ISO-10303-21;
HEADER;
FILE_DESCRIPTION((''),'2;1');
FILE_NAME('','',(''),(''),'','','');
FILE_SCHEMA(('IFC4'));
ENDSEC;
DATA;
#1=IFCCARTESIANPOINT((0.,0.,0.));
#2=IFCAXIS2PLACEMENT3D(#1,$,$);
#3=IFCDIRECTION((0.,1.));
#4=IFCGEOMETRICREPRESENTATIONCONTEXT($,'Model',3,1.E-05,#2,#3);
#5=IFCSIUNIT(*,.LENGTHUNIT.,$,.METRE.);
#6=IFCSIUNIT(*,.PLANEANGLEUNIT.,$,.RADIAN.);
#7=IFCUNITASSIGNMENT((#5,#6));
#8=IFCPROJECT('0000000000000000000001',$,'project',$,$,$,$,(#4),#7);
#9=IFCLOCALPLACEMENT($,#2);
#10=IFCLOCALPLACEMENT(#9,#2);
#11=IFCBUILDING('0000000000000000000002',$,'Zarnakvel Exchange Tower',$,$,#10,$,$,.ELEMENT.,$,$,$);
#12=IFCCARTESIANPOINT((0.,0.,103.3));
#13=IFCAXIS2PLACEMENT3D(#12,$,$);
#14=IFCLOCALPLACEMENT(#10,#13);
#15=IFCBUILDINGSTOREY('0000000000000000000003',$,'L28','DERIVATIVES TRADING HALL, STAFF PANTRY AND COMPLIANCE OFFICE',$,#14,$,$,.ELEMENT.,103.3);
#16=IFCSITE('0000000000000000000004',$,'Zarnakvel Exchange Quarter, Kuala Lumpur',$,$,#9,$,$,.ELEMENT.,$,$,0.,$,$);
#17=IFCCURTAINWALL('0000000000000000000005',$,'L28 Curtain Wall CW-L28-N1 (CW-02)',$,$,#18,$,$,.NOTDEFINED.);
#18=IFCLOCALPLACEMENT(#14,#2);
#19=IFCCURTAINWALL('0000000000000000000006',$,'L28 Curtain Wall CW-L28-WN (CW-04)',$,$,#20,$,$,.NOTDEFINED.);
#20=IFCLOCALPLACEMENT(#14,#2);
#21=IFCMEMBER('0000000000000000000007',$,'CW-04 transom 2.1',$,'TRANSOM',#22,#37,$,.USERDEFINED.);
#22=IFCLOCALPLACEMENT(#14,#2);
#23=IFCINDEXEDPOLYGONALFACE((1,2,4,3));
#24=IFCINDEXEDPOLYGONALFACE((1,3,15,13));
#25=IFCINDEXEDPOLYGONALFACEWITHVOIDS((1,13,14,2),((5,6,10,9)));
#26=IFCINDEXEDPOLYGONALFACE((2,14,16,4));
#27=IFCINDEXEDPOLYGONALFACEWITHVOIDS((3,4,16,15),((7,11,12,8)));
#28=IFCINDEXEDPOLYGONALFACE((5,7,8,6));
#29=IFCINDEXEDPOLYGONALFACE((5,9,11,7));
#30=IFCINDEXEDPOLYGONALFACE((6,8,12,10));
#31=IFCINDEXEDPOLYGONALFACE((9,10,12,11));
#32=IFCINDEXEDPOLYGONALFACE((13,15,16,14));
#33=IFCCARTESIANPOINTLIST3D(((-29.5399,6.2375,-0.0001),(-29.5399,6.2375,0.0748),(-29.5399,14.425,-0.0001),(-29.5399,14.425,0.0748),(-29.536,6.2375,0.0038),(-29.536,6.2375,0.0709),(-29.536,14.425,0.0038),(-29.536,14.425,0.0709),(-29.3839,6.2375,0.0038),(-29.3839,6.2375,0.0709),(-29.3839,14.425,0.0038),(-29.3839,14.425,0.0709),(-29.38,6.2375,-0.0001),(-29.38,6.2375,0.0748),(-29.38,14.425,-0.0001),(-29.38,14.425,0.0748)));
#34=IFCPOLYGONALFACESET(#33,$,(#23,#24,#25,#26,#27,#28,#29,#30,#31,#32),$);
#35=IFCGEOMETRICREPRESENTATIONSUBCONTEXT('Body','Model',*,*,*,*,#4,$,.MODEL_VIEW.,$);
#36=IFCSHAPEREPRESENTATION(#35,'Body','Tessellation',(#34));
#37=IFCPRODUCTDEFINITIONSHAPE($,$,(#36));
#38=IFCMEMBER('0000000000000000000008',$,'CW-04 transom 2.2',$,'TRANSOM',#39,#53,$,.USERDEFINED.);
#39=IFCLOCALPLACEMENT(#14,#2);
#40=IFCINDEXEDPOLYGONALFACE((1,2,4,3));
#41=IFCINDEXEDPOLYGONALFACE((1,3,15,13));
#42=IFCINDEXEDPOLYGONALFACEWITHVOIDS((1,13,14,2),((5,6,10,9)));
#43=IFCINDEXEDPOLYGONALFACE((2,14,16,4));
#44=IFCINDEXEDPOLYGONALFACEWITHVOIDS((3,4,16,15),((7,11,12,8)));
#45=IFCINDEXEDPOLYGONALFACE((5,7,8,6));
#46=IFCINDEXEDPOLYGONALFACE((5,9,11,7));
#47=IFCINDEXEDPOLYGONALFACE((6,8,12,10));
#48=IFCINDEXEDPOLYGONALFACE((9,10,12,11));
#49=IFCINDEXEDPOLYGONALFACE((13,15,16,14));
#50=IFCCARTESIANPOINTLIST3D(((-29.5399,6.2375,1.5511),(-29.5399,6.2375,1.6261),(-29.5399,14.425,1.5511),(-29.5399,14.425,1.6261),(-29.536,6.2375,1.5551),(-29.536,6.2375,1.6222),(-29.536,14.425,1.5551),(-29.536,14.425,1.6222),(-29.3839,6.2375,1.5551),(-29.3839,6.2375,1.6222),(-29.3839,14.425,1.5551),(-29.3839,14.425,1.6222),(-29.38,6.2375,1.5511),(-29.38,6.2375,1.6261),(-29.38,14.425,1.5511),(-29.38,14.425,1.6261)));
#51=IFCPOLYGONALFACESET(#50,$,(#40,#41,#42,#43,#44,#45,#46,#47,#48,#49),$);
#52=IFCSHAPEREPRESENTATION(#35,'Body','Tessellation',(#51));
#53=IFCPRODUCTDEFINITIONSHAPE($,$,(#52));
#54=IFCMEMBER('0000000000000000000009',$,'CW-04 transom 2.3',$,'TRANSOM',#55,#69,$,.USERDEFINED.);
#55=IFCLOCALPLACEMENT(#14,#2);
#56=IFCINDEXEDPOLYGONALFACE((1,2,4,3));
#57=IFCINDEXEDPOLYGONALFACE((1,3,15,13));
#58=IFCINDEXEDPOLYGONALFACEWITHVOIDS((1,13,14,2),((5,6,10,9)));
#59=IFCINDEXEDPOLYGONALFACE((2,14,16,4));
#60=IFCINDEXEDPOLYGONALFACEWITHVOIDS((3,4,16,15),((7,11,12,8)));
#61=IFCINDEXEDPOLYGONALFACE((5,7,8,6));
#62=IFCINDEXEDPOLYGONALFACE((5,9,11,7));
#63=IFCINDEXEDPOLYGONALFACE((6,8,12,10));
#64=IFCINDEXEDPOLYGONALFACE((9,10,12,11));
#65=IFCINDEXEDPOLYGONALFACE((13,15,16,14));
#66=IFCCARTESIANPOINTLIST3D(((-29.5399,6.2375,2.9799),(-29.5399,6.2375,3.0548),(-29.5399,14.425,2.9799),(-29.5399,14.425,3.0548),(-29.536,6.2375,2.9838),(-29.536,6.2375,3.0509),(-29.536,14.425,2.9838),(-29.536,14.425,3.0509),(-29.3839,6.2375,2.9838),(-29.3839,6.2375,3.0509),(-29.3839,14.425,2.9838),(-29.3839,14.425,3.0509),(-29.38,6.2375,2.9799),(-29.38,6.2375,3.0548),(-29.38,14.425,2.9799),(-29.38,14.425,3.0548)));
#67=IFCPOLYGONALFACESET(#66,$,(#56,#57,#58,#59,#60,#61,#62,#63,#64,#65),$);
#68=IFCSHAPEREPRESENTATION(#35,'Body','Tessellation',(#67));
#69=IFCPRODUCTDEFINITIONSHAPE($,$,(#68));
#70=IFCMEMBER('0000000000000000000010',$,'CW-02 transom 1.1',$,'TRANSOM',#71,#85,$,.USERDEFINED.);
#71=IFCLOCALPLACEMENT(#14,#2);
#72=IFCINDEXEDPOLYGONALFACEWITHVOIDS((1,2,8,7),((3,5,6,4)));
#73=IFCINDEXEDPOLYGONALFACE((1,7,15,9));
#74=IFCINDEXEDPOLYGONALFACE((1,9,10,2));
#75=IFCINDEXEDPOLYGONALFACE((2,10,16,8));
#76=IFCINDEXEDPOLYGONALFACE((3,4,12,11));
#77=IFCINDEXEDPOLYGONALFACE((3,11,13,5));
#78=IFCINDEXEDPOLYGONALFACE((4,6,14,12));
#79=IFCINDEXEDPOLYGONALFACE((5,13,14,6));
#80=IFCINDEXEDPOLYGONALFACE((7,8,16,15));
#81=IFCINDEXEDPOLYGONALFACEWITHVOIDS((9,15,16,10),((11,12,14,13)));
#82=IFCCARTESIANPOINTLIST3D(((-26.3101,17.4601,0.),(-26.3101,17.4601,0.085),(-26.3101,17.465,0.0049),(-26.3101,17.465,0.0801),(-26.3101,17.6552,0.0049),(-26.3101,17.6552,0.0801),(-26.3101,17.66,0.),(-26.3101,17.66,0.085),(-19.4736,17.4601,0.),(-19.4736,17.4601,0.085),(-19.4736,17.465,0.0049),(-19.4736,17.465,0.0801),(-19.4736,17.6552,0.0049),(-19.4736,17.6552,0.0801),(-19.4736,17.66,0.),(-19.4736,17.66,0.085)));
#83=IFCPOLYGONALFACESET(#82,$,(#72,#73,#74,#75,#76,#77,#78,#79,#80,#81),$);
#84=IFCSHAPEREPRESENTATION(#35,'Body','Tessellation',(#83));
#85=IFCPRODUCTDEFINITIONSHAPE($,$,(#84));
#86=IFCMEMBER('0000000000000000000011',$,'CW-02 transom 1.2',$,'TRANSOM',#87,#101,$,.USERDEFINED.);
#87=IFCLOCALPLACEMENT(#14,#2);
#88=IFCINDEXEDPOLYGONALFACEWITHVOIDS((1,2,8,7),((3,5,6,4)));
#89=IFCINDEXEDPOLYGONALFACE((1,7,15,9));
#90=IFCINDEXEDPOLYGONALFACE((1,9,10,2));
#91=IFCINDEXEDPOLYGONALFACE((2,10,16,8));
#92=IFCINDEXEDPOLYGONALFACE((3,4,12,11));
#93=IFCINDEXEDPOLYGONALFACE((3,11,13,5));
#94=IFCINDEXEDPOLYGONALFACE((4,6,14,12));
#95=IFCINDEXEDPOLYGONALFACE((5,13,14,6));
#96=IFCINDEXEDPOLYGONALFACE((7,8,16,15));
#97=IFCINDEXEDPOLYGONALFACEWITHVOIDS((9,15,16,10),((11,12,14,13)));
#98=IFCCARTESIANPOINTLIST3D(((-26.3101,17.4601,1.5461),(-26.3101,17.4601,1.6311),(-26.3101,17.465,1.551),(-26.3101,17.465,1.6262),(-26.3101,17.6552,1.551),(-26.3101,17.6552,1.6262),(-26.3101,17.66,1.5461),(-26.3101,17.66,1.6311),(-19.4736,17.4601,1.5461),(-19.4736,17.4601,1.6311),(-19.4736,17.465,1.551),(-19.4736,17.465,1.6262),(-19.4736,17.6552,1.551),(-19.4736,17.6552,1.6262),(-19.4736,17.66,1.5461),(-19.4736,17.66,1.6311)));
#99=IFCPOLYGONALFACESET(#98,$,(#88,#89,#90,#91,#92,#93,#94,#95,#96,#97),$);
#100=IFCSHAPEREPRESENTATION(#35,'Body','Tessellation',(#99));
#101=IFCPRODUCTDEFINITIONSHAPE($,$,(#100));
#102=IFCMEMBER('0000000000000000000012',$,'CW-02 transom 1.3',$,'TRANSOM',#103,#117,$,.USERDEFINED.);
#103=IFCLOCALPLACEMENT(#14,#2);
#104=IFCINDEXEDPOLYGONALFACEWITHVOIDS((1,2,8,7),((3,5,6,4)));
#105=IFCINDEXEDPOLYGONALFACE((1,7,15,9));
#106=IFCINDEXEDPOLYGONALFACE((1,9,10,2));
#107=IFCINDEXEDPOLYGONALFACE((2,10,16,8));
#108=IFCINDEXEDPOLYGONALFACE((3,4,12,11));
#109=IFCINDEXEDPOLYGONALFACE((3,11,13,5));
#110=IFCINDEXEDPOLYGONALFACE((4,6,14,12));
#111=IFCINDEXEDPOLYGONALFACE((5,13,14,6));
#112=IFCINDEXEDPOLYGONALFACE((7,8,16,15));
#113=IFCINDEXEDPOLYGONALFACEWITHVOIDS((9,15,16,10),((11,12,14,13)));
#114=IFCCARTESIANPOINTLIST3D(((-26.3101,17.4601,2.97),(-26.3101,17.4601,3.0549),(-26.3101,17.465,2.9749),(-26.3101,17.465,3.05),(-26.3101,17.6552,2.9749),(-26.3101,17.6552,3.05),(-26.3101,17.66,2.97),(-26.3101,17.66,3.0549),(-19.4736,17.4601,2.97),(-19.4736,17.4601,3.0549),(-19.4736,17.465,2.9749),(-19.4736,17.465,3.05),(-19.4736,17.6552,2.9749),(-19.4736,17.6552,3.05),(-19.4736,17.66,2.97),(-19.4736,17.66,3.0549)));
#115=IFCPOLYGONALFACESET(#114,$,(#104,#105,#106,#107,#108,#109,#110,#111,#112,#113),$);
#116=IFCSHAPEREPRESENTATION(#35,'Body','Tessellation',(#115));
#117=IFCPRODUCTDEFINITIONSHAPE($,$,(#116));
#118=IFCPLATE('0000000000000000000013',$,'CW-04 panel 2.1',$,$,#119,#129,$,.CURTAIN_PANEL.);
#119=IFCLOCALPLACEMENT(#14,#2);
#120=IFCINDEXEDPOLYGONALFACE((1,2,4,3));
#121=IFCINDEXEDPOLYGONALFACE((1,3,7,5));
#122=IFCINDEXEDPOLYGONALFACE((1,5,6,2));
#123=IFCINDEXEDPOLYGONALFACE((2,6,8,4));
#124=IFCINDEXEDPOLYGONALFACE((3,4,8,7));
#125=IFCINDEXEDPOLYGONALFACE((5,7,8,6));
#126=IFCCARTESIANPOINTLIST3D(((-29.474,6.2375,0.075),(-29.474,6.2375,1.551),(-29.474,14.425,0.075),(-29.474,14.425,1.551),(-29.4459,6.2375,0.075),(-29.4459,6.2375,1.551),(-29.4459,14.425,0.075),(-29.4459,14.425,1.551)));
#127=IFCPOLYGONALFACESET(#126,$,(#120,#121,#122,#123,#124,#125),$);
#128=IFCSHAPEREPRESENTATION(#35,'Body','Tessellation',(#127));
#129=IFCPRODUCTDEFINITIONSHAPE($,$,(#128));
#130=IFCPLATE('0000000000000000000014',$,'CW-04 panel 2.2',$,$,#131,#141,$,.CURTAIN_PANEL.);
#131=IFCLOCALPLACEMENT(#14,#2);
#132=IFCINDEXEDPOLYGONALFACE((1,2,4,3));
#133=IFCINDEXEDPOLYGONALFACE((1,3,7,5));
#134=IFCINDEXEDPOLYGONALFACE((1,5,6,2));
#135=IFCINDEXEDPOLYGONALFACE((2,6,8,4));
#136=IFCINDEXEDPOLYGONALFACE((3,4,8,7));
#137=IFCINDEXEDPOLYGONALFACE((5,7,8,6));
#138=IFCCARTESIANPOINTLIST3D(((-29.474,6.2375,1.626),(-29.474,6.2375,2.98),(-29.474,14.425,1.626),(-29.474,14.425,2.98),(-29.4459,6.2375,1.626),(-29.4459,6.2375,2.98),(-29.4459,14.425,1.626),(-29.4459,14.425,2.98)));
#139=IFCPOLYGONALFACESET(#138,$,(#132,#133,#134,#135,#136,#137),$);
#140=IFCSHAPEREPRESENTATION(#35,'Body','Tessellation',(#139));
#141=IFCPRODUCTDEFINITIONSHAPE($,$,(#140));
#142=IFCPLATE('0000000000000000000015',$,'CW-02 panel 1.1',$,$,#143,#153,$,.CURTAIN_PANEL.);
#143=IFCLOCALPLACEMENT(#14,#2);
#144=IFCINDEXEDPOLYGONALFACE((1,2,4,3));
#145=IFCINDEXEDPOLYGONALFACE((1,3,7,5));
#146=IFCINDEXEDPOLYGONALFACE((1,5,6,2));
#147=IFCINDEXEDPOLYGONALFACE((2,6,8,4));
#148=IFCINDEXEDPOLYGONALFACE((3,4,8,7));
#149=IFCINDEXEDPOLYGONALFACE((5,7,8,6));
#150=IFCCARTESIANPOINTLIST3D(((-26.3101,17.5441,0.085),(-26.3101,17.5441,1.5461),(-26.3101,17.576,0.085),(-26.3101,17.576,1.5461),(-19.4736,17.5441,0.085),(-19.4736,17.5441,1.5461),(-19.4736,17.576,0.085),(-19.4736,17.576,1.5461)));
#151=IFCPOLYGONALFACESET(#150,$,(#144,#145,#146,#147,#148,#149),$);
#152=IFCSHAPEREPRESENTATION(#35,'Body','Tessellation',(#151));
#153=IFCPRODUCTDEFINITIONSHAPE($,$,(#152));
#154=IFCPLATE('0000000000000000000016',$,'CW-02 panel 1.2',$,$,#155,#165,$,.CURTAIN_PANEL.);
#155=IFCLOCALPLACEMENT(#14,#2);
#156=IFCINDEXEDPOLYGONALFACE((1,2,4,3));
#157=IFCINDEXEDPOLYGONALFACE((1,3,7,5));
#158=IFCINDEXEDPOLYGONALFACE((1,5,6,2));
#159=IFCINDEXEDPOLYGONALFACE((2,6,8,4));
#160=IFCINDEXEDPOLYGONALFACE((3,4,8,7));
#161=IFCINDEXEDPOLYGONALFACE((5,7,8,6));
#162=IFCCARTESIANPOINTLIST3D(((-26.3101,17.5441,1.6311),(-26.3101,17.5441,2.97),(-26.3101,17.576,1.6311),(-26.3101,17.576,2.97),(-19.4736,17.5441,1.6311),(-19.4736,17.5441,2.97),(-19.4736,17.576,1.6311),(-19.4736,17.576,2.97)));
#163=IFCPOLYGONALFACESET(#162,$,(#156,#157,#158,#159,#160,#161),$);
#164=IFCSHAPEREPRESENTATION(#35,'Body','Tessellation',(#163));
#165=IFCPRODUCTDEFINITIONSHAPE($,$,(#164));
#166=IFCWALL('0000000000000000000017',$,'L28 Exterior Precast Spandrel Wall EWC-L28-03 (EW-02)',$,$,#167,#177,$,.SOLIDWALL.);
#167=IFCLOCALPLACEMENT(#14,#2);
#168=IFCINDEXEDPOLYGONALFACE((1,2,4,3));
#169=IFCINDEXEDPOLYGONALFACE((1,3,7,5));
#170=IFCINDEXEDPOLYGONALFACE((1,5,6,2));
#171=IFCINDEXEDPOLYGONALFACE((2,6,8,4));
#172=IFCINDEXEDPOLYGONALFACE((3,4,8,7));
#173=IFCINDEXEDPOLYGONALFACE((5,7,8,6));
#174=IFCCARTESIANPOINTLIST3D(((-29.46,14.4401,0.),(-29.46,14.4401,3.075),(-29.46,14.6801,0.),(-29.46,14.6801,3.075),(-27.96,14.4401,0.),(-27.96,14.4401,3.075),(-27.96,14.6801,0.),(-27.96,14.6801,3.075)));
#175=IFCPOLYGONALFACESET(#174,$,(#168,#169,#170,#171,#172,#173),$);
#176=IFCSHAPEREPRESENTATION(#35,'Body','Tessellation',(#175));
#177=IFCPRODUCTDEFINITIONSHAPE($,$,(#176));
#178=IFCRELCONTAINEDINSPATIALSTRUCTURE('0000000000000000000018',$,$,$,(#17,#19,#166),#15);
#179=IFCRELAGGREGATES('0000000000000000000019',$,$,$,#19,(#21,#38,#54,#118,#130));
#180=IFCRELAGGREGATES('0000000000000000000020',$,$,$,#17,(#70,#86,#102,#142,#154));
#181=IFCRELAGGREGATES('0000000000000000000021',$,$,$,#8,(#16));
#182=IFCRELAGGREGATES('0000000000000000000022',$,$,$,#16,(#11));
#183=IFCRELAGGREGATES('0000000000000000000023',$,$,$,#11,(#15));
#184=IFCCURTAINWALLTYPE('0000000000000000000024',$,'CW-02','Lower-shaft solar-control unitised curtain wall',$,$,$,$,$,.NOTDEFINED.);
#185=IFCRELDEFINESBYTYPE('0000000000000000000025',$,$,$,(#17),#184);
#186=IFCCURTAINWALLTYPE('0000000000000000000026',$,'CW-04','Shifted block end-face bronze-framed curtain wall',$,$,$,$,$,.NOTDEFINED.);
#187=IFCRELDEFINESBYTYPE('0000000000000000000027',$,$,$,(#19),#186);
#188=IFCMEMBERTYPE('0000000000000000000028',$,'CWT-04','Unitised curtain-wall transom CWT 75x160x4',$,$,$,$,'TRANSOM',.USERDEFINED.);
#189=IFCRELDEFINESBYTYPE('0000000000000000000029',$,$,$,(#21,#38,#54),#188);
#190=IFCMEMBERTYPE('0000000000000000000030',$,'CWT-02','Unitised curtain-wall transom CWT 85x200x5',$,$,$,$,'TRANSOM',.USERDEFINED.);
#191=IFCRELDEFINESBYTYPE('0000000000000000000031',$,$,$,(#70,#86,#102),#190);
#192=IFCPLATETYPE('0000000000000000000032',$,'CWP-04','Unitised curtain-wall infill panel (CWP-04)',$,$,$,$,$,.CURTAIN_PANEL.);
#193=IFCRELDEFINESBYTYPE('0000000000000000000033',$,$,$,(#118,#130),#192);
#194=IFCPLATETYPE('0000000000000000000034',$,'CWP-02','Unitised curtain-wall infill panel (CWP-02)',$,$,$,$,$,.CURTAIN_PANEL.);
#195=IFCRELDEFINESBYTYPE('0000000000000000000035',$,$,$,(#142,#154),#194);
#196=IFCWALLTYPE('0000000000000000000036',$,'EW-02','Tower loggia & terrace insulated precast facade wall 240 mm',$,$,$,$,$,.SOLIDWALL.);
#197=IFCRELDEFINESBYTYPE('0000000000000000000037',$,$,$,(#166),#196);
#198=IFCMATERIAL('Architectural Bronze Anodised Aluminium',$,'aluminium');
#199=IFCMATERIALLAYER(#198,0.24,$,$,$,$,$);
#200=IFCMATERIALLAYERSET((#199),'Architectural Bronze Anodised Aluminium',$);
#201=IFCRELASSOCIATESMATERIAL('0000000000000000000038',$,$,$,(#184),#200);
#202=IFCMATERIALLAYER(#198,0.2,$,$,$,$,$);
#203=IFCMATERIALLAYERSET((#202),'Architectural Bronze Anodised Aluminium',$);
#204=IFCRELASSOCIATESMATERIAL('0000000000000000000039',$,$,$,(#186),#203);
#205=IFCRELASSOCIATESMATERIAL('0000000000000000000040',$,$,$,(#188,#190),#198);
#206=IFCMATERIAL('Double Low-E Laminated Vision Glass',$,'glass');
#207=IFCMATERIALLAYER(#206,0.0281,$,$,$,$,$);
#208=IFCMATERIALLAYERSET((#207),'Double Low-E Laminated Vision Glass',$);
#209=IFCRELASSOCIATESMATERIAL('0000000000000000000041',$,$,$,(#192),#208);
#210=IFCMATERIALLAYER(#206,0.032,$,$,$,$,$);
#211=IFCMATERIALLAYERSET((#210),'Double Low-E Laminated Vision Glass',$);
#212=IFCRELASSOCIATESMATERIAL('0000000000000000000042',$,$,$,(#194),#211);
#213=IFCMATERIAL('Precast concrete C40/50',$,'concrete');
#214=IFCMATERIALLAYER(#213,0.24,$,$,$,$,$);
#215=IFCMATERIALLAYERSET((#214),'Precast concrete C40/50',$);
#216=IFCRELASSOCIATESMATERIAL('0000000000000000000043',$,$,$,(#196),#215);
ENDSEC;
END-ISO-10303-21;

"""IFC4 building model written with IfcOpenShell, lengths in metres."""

from ifc_helpers import new_model, si_unit, direction, frame, frame_2d, origin, origin_2d, place, context, subcontext, project, spatial, rectangle, hollow_rectangle, extrude, source, transform, mapped, material, layer, layer_set, material_profile, profile_set, type_object, element, aggregate, save


model = new_model("IFC4")

# Units and contexts
model_context = context("Model", 3, precision=1e-05, world=origin(), true_north=direction((0.0, 1.0)))
body_context = subcontext(model_context, "Body", "Model", "MODEL_VIEW")
ifc_project = project(units=[si_unit("LENGTHUNIT", "METRE"), si_unit("PLANEANGLEUNIT", "RADIAN")], contexts=[model_context])

# Site, building, storey
site_placement = place(None, origin())
site = spatial("IfcSite", under=ifc_project, at=site_placement, Name="Zarnakvel Exchange Quarter, Kuala Lumpur", CompositionType="ELEMENT", RefElevation=0.0)
building_placement = place(site_placement, origin())
building = spatial("IfcBuilding", under=site, at=building_placement, Name="Zarnakvel Exchange Tower", CompositionType="ELEMENT")
storey_placement = place(building_placement, frame((0.0, 0.0, 103.3)))
storey = spatial("IfcBuildingStorey", under=building, at=storey_placement, Name="L28", Description="DERIVATIVES TRADING HALL, STAFF PANTRY AND COMPLIANCE OFFICE", CompositionType="ELEMENT", Elevation=103.3)

# Curtain wall
ifc_material_1 = material(Name="Architectural Bronze Anodised Aluminium", Category="aluminium")
ifc_layer_1 = layer(ifc_material_1, 0.24)
ifc_layer_set_1 = layer_set([ifc_layer_1], Name="Architectural Bronze Anodised Aluminium")
curtain_wall_type_1 = type_object("IfcCurtainWallType", Name="CW-02", Description="Lower-shaft solar-control unitised curtain wall", PredefinedType="NOTDEFINED", material=ifc_layer_set_1)
curtain_wall_1_placement = place(storey_placement, origin())
curtain_wall_1 = element("IfcCurtainWall", 1, at=curtain_wall_1_placement, inside=storey, type_object=curtain_wall_type_1, Name="L28 Curtain Wall CW-L28-N1 (CW-02)", PredefinedType="NOTDEFINED")

# Curtain wall, members
ifc_layer_2 = layer(ifc_material_1, 0.2)
ifc_layer_set_2 = layer_set([ifc_layer_2], Name="Architectural Bronze Anodised Aluminium")
curtain_wall_type_2 = type_object("IfcCurtainWallType", Name="CW-04", Description="Shifted block end-face bronze-framed curtain wall", PredefinedType="NOTDEFINED", material=ifc_layer_set_2)
curtain_wall_2_placement = place(storey_placement, origin())
curtain_wall_2 = element("IfcCurtainWall", 2, at=curtain_wall_2_placement, inside=storey, type_object=curtain_wall_type_2, Name="L28 Curtain Wall CW-L28-WN (CW-04)", PredefinedType="NOTDEFINED")
ifc_material_profile_1 = material_profile(ifc_material_1, hollow_rectangle(XDim=0.1599, YDim=0.075, WallThickness=0.0039, at=origin_2d()))
ifc_profile_set_1 = profile_set([ifc_material_profile_1], Name="Architectural Bronze Anodised Aluminium")
member_type_1 = type_object("IfcMemberType", Name="CWT-04", Description="Unitised curtain-wall transom CWT 75x160x4", ElementType="TRANSOM", PredefinedType="USERDEFINED", material=ifc_profile_set_1)
shared_shape_1 = source(origin(), body_context, "Body", "SweptSolid", [
    extrude(hollow_rectangle(XDim=0.1599, YDim=0.075, WallThickness=0.0039, at=origin_2d()), origin(), (0.0, 0.0, 1.0), 8.1875),
])
member_1_placement = place(storey_placement, frame((-29.46, 6.2375, 0.0374), z_axis=(0.0, 1.0, 0.0), x_axis=(-1.0, 0.0, 0.0)))
member_1 = element("IfcMember", 3, at=member_1_placement, type_object=member_type_1, Name="CW-04 transom 2.1", ObjectType="TRANSOM", PredefinedType="USERDEFINED", context=body_context, shape_type="MappedRepresentation", body=[
    mapped(shared_shape_1, transform((0.0, 0.0, 0.0), x_axis=(1.0, 0.0, 0.0), y_axis=(0.0, 1.0, 0.0), z_axis=(0.0, 0.0, 1.0), scale=1.0)),
])
member_2_placement = place(storey_placement, frame((-29.46, 6.2375, 1.5886), z_axis=(0.0, 1.0, 0.0), x_axis=(-1.0, 0.0, 0.0)))
member_2 = element("IfcMember", 4, at=member_2_placement, type_object=member_type_1, Name="CW-04 transom 2.2", ObjectType="TRANSOM", PredefinedType="USERDEFINED", context=body_context, shape_type="MappedRepresentation", body=[
    mapped(shared_shape_1, transform((0.0, 0.0, 0.0), x_axis=(1.0, 0.0, 0.0), y_axis=(0.0, 1.0, 0.0), z_axis=(0.0, 0.0, 1.0), scale=1.0)),
])
member_3_placement = place(storey_placement, frame((-29.46, 6.2375, 3.0173), z_axis=(0.0, 1.0, 0.0), x_axis=(-1.0, 0.0, 0.0)))
member_3 = element("IfcMember", 5, at=member_3_placement, type_object=member_type_1, Name="CW-04 transom 2.3", ObjectType="TRANSOM", PredefinedType="USERDEFINED", context=body_context, shape_type="MappedRepresentation", body=[
    mapped(shared_shape_1, transform((0.0, 0.0, 0.0), x_axis=(1.0, 0.0, 0.0), y_axis=(0.0, 1.0, 0.0), z_axis=(0.0, 0.0, 1.0), scale=1.0)),
])

# Members
ifc_material_profile_2 = material_profile(ifc_material_1, hollow_rectangle(XDim=0.2, YDim=0.085, WallThickness=0.0049, at=origin_2d()))
ifc_profile_set_2 = profile_set([ifc_material_profile_2], Name="Architectural Bronze Anodised Aluminium")
member_type_2 = type_object("IfcMemberType", Name="CWT-02", Description="Unitised curtain-wall transom CWT 85x200x5", ElementType="TRANSOM", PredefinedType="USERDEFINED", material=ifc_profile_set_2)
shared_shape_2 = source(origin(), body_context, "Body", "SweptSolid", [
    extrude(hollow_rectangle(XDim=0.2, YDim=0.085, WallThickness=0.0049, at=origin_2d()), origin(), (0.0, 0.0, 1.0), 6.8364),
])
member_4_placement = place(storey_placement, frame((-26.3101, 17.5601, 0.0425), z_axis=(1.0, 0.0, 0.0), x_axis=(0.0, 1.0, 0.0)))
member_4 = element("IfcMember", 6, at=member_4_placement, type_object=member_type_2, Name="CW-02 transom 1.1", ObjectType="TRANSOM", PredefinedType="USERDEFINED", context=body_context, shape_type="MappedRepresentation", body=[
    mapped(shared_shape_2, transform((0.0, 0.0, 0.0), x_axis=(1.0, 0.0, 0.0), y_axis=(0.0, 1.0, 0.0), z_axis=(0.0, 0.0, 1.0), scale=1.0)),
])
member_5_placement = place(storey_placement, frame((-26.3101, 17.5601, 1.5886), z_axis=(1.0, 0.0, 0.0), x_axis=(0.0, 1.0, 0.0)))
member_5 = element("IfcMember", 7, at=member_5_placement, type_object=member_type_2, Name="CW-02 transom 1.2", ObjectType="TRANSOM", PredefinedType="USERDEFINED", context=body_context, shape_type="MappedRepresentation", body=[
    mapped(shared_shape_2, transform((0.0, 0.0, 0.0), x_axis=(1.0, 0.0, 0.0), y_axis=(0.0, 1.0, 0.0), z_axis=(0.0, 0.0, 1.0), scale=1.0)),
])
member_6_placement = place(storey_placement, frame((-26.3101, 17.5601, 3.0125), z_axis=(1.0, 0.0, 0.0), x_axis=(0.0, 1.0, 0.0)))
member_6 = element("IfcMember", 8, at=member_6_placement, type_object=member_type_2, Name="CW-02 transom 1.3", ObjectType="TRANSOM", PredefinedType="USERDEFINED", context=body_context, shape_type="MappedRepresentation", body=[
    mapped(shared_shape_2, transform((0.0, 0.0, 0.0), x_axis=(1.0, 0.0, 0.0), y_axis=(0.0, 1.0, 0.0), z_axis=(0.0, 0.0, 1.0), scale=1.0)),
])

# Plates
ifc_material_2 = material(Name="Double Low-E Laminated Vision Glass", Category="glass")
ifc_layer_3 = layer(ifc_material_2, 0.0281)
ifc_layer_set_3 = layer_set([ifc_layer_3], Name="Double Low-E Laminated Vision Glass")
plate_type_1 = type_object("IfcPlateType", Name="CWP-04", Description="Unitised curtain-wall infill panel (CWP-04)", PredefinedType="CURTAIN_PANEL", material=ifc_layer_set_3)
shared_shape_3 = source(origin(), body_context, "Body", "SweptSolid", [
    extrude(rectangle(XDim=8.1875, YDim=0.0281, at=origin_2d()), origin(), (0.0, 0.0, 1.0), 1.4761),
])
plate_1_placement = place(storey_placement, frame((-29.46, 10.3313, 0.075), z_axis=(0.0, 0.0, 1.0), x_axis=(0.0, 1.0, 0.0)))
plate_1 = element("IfcPlate", 9, at=plate_1_placement, type_object=plate_type_1, Name="CW-04 panel 2.1", PredefinedType="CURTAIN_PANEL", context=body_context, shape_type="MappedRepresentation", body=[
    mapped(shared_shape_3, transform((0.0, 0.0, 0.0), x_axis=(1.0, 0.0, 0.0), y_axis=(0.0, 1.0, 0.0), z_axis=(0.0, 0.0, 1.0), scale=1.0)),
])
shared_shape_4 = source(origin(), body_context, "Body", "SweptSolid", [
    extrude(rectangle(XDim=8.1875, YDim=0.0281, at=origin_2d()), origin(), (0.0, 0.0, 1.0), 1.354),
])
plate_2_placement = place(storey_placement, frame((-29.46, 10.3313, 1.626), z_axis=(0.0, 0.0, 1.0), x_axis=(0.0, 1.0, 0.0)))
plate_2 = element("IfcPlate", 10, at=plate_2_placement, type_object=plate_type_1, Name="CW-04 panel 2.2", PredefinedType="CURTAIN_PANEL", context=body_context, shape_type="MappedRepresentation", body=[
    mapped(shared_shape_4, transform((0.0, 0.0, 0.0), x_axis=(1.0, 0.0, 0.0), y_axis=(0.0, 1.0, 0.0), z_axis=(0.0, 0.0, 1.0), scale=1.0)),
])
aggregate(curtain_wall_2, [member_1, member_2, member_3, plate_1, plate_2])
ifc_layer_4 = layer(ifc_material_2, 0.032)
ifc_layer_set_4 = layer_set([ifc_layer_4], Name="Double Low-E Laminated Vision Glass")
plate_type_2 = type_object("IfcPlateType", Name="CWP-02", Description="Unitised curtain-wall infill panel (CWP-02)", PredefinedType="CURTAIN_PANEL", material=ifc_layer_set_4)
shared_shape_5 = source(origin(), body_context, "Body", "SweptSolid", [
    extrude(rectangle(XDim=6.8364, YDim=0.032, at=origin_2d()), origin(), (0.0, 0.0, 1.0), 1.4612),
])
plate_3_placement = place(storey_placement, frame((-22.8918, 17.5601, 0.085), z_axis=(0.0, 0.0, 1.0), x_axis=(1.0, 0.0, 0.0)))
plate_3 = element("IfcPlate", 11, at=plate_3_placement, type_object=plate_type_2, Name="CW-02 panel 1.1", PredefinedType="CURTAIN_PANEL", context=body_context, shape_type="MappedRepresentation", body=[
    mapped(shared_shape_5, transform((0.0, 0.0, 0.0), x_axis=(1.0, 0.0, 0.0), y_axis=(0.0, 1.0, 0.0), z_axis=(0.0, 0.0, 1.0), scale=1.0)),
])
shared_shape_6 = source(origin(), body_context, "Body", "SweptSolid", [
    extrude(rectangle(XDim=6.8364, YDim=0.032, at=origin_2d()), origin(), (0.0, 0.0, 1.0), 1.3389),
])
plate_4_placement = place(storey_placement, frame((-22.8918, 17.5601, 1.6311), z_axis=(0.0, 0.0, 1.0), x_axis=(1.0, 0.0, 0.0)))
plate_4 = element("IfcPlate", 12, at=plate_4_placement, type_object=plate_type_2, Name="CW-02 panel 1.2", PredefinedType="CURTAIN_PANEL", context=body_context, shape_type="MappedRepresentation", body=[
    mapped(shared_shape_6, transform((0.0, 0.0, 0.0), x_axis=(1.0, 0.0, 0.0), y_axis=(0.0, 1.0, 0.0), z_axis=(0.0, 0.0, 1.0), scale=1.0)),
])
aggregate(curtain_wall_1, [member_4, member_5, member_6, plate_3, plate_4])

# Wall
ifc_material_3 = material(Name="Precast concrete C40/50", Category="concrete")
ifc_layer_5 = layer(ifc_material_3, 0.24)
ifc_layer_set_5 = layer_set([ifc_layer_5], Name="Precast concrete C40/50")
wall_type_1 = type_object("IfcWallType", Name="EW-02", Description="Tower loggia & terrace insulated precast facade wall 240 mm", PredefinedType="SOLIDWALL", material=ifc_layer_set_5)
for number, where, z_axis, x_axis, name in (
    (13, (-27.96, 14.5601, 0.0), (0.0, 0.0, 1.0), (-1.0, 0.0, 0.0), "L28 Exterior Precast Spandrel Wall EWC-L28-03 (EW-02)"),
):
    element("IfcWall", number, at=place(storey_placement, frame(where, z_axis=z_axis, x_axis=x_axis)), inside=storey, type_object=wall_type_1, Name=name, PredefinedType="SOLIDWALL", context=body_context, shape_type="SweptSolid", body=[
        extrude(rectangle(XDim=1.5, YDim=0.24, at=frame_2d((0.75, 0.0))), origin(), (0.0, 0.0, 1.0), 3.075),
    ])

save(model, "model.ifc")
